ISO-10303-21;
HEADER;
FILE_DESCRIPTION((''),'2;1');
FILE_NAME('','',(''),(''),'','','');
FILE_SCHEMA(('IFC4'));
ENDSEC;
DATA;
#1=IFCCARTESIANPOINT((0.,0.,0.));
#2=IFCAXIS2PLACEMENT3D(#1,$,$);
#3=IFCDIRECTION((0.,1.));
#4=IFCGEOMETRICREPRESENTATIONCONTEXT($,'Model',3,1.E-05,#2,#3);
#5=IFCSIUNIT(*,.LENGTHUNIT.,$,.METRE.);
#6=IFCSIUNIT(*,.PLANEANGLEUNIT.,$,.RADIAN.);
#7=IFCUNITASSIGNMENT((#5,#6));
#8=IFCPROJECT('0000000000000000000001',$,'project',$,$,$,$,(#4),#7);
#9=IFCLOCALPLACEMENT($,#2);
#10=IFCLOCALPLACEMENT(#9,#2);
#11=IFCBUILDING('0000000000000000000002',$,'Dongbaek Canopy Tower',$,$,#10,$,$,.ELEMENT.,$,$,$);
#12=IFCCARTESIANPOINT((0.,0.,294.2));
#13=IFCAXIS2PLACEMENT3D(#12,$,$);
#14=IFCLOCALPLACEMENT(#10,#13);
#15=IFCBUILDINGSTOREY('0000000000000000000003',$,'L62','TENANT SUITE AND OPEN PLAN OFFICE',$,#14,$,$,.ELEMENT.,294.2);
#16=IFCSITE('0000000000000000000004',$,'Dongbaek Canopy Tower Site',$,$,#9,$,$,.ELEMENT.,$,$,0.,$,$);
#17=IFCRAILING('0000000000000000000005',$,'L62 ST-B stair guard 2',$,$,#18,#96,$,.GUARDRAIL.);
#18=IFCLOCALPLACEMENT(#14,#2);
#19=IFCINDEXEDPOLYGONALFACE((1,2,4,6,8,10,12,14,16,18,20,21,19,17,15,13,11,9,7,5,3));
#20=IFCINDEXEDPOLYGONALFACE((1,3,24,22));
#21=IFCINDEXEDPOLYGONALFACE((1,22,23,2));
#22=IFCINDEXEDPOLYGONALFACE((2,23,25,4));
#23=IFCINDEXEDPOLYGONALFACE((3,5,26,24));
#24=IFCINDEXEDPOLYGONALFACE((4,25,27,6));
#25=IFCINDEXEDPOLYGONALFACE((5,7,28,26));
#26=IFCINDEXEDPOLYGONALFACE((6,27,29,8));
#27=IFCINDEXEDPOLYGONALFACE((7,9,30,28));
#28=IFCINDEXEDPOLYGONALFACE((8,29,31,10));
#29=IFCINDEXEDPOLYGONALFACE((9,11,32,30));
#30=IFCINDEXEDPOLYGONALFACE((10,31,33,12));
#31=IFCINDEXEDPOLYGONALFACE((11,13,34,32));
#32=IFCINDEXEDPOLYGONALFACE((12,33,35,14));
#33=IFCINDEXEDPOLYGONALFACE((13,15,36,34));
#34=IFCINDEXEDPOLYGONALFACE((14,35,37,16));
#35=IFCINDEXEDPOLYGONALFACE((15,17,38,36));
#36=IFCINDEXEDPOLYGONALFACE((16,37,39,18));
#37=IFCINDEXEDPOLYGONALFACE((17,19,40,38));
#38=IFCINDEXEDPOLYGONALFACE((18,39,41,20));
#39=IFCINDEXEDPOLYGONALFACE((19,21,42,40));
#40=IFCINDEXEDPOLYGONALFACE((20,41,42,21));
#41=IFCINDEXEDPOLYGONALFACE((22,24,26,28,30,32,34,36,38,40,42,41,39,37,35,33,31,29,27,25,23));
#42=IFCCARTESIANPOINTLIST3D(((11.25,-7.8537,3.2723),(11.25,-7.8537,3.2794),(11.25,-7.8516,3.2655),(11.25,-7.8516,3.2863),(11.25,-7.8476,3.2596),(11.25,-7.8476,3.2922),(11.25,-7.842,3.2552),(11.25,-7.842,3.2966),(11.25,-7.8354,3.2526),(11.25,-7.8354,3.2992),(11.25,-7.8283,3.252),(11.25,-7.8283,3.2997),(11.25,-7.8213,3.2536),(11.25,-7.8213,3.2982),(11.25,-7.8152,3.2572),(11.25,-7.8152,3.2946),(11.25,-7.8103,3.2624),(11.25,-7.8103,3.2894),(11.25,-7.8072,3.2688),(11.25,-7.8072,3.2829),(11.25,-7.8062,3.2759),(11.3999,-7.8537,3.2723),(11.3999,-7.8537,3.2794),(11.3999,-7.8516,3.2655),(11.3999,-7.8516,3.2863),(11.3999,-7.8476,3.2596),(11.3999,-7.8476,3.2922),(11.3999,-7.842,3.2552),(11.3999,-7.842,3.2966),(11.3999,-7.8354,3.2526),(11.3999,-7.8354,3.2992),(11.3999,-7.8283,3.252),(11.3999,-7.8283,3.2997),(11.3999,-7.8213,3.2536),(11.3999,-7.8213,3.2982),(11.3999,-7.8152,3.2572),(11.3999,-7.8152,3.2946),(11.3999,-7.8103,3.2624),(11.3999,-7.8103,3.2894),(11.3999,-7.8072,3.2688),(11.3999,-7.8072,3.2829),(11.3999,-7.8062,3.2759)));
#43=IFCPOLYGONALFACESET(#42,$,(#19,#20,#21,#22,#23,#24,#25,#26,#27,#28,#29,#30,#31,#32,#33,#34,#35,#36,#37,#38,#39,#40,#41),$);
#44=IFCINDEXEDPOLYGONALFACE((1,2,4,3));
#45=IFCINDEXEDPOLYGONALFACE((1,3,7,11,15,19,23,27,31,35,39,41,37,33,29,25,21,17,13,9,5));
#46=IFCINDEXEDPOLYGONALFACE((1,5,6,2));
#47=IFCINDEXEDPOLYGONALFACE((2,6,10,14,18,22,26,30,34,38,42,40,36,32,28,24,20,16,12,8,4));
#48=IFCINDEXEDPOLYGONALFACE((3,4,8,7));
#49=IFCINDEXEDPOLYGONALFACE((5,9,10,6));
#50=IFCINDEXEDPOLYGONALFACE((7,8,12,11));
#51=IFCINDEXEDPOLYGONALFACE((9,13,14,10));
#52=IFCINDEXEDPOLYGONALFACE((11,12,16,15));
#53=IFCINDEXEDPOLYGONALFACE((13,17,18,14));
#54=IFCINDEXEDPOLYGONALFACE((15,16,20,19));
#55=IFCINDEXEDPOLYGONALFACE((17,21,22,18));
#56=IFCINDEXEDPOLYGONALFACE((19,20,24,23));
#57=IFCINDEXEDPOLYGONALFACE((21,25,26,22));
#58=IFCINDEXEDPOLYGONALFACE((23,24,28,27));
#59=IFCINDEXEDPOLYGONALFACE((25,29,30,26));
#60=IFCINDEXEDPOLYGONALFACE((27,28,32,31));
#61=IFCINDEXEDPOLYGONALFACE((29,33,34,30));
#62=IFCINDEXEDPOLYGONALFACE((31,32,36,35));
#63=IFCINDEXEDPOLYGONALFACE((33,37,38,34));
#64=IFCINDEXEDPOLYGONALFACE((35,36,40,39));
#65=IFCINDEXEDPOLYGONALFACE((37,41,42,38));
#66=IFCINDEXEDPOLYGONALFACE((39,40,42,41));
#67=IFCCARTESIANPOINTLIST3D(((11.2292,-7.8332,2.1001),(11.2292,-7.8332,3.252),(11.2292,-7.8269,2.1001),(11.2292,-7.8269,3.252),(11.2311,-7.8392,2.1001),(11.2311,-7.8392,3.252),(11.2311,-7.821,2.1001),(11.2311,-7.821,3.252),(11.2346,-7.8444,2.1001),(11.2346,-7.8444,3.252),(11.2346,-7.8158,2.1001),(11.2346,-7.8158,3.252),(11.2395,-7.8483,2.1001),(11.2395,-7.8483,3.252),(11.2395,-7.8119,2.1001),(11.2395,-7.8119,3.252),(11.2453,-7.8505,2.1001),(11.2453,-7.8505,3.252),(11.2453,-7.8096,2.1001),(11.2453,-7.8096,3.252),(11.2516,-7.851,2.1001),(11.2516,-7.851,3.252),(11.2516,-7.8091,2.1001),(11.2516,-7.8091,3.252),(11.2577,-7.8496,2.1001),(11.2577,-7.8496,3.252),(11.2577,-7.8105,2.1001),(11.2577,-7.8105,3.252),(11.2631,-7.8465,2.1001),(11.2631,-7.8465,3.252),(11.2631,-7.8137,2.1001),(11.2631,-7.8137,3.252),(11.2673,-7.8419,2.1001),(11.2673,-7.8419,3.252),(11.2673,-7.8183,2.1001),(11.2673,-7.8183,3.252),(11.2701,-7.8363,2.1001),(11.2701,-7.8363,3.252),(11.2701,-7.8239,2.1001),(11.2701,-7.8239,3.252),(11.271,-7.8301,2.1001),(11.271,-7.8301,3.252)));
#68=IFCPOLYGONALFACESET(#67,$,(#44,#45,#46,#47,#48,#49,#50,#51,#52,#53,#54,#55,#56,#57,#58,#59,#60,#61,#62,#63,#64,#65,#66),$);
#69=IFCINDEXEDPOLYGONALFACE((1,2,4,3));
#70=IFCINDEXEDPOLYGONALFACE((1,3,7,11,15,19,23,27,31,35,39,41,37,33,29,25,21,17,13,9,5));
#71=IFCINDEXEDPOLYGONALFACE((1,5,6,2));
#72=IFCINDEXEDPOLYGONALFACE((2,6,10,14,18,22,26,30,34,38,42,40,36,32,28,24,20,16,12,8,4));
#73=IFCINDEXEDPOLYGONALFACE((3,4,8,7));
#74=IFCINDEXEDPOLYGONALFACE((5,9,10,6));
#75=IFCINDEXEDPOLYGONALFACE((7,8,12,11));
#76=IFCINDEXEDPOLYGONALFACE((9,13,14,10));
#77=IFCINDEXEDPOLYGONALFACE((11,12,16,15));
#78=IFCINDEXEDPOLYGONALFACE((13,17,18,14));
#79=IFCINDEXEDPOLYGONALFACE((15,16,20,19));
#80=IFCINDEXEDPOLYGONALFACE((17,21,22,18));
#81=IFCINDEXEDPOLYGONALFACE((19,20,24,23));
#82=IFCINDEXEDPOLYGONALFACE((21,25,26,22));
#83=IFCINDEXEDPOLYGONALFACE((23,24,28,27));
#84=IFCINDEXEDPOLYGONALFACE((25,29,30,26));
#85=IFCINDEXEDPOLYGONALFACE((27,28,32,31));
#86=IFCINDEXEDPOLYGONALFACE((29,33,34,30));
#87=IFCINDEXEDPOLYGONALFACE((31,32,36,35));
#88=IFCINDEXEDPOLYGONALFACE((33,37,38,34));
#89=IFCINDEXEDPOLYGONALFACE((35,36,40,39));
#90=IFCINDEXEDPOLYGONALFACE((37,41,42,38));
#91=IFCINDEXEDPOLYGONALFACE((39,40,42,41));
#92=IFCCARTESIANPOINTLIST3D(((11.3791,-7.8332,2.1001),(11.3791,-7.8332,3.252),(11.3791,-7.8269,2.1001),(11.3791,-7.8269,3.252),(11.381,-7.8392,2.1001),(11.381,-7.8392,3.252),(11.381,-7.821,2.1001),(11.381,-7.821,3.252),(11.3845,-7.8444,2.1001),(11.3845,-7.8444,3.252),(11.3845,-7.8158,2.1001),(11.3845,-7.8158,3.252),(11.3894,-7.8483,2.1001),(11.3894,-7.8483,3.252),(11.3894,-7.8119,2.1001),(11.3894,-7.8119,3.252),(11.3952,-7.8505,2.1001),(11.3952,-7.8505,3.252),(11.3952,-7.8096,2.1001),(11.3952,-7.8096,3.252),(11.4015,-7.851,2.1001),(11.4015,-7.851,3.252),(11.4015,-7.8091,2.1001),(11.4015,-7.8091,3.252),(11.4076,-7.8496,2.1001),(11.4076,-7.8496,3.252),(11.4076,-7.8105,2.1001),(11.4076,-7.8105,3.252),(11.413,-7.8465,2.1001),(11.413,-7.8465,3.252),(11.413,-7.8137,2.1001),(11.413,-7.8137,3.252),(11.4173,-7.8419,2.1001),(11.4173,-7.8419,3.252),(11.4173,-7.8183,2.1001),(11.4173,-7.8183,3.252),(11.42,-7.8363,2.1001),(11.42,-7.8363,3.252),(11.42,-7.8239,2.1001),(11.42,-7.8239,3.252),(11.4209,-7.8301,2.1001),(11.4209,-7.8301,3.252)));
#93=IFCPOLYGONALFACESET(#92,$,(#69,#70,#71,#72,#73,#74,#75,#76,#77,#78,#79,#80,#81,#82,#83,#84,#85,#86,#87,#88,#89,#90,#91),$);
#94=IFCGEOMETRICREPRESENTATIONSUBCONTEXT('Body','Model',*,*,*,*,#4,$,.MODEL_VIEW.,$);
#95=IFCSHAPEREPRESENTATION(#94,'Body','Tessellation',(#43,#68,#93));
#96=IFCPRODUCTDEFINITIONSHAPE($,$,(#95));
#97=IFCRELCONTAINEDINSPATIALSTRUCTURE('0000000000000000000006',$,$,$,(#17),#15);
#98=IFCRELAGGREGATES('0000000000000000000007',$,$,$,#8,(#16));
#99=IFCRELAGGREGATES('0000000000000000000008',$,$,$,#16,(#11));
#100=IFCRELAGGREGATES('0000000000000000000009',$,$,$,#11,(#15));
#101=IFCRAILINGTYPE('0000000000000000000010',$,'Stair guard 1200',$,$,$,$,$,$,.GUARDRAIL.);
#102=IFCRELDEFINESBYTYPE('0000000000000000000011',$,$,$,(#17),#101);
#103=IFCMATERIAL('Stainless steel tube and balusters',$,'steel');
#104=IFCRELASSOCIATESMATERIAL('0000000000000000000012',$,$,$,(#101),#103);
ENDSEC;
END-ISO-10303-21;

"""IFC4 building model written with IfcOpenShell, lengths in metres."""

from ifc_helpers import new_model, si_unit, direction, frame, origin, origin_2d, place, context, subcontext, project, spatial, circle, extrude, material, type_object, element, save


model = new_model("IFC4")

# Units and contexts
model_context = context("Model", 3, precision=1e-05, world=origin(), true_north=direction((0.0, 1.0)))
body_context = subcontext(model_context, "Body", "Model", "MODEL_VIEW")
ifc_project = project(units=[si_unit("LENGTHUNIT", "METRE"), si_unit("PLANEANGLEUNIT", "RADIAN")], contexts=[model_context])

# Site, building, storey
site_placement = place(None, origin())
site = spatial("IfcSite", under=ifc_project, at=site_placement, Name="Dongbaek Canopy Tower Site", CompositionType="ELEMENT", RefElevation=0.0)
building_placement = place(site_placement, origin())
building = spatial("IfcBuilding", under=site, at=building_placement, Name="Dongbaek Canopy Tower", CompositionType="ELEMENT")
storey_placement = place(building_placement, frame((0.0, 0.0, 294.2)))
storey = spatial("IfcBuildingStorey", under=building, at=storey_placement, Name="L62", Description="TENANT SUITE AND OPEN PLAN OFFICE", CompositionType="ELEMENT", Elevation=294.2)

# Railing
ifc_material_1 = material(Name="Stainless steel tube and balusters", Category="steel")
railing_type_1 = type_object("IfcRailingType", Name="Stair guard 1200", PredefinedType="GUARDRAIL", material=ifc_material_1)
railing_1_placement = place(storey_placement, frame((11.25, -7.8301, 2.1001)))
element("IfcRailing", 1, at=railing_1_placement, inside=storey, type_object=railing_type_1, Name="L62 ST-B stair guard 2", PredefinedType="GUARDRAIL", context=body_context, shape_type="SweptSolid", body=[
    extrude(circle(Radius=0.0239, at=origin_2d()), frame((0.0, 0.0, 1.1758), z_axis=(1.0, 0.0, 0.0), x_axis=(0.0, 1.0, 0.0)), (0.0, 0.0, 1.0), 0.1499),
    extrude(circle(Radius=0.021, at=origin_2d()), origin(), (0.0, 0.0, 1.0), 1.1519),
    extrude(circle(Radius=0.021, at=origin_2d()), frame((0.1499, 0.0, 0.0)), (0.0, 0.0, 1.0), 1.1519),
])

save(model, "model.ifc")
